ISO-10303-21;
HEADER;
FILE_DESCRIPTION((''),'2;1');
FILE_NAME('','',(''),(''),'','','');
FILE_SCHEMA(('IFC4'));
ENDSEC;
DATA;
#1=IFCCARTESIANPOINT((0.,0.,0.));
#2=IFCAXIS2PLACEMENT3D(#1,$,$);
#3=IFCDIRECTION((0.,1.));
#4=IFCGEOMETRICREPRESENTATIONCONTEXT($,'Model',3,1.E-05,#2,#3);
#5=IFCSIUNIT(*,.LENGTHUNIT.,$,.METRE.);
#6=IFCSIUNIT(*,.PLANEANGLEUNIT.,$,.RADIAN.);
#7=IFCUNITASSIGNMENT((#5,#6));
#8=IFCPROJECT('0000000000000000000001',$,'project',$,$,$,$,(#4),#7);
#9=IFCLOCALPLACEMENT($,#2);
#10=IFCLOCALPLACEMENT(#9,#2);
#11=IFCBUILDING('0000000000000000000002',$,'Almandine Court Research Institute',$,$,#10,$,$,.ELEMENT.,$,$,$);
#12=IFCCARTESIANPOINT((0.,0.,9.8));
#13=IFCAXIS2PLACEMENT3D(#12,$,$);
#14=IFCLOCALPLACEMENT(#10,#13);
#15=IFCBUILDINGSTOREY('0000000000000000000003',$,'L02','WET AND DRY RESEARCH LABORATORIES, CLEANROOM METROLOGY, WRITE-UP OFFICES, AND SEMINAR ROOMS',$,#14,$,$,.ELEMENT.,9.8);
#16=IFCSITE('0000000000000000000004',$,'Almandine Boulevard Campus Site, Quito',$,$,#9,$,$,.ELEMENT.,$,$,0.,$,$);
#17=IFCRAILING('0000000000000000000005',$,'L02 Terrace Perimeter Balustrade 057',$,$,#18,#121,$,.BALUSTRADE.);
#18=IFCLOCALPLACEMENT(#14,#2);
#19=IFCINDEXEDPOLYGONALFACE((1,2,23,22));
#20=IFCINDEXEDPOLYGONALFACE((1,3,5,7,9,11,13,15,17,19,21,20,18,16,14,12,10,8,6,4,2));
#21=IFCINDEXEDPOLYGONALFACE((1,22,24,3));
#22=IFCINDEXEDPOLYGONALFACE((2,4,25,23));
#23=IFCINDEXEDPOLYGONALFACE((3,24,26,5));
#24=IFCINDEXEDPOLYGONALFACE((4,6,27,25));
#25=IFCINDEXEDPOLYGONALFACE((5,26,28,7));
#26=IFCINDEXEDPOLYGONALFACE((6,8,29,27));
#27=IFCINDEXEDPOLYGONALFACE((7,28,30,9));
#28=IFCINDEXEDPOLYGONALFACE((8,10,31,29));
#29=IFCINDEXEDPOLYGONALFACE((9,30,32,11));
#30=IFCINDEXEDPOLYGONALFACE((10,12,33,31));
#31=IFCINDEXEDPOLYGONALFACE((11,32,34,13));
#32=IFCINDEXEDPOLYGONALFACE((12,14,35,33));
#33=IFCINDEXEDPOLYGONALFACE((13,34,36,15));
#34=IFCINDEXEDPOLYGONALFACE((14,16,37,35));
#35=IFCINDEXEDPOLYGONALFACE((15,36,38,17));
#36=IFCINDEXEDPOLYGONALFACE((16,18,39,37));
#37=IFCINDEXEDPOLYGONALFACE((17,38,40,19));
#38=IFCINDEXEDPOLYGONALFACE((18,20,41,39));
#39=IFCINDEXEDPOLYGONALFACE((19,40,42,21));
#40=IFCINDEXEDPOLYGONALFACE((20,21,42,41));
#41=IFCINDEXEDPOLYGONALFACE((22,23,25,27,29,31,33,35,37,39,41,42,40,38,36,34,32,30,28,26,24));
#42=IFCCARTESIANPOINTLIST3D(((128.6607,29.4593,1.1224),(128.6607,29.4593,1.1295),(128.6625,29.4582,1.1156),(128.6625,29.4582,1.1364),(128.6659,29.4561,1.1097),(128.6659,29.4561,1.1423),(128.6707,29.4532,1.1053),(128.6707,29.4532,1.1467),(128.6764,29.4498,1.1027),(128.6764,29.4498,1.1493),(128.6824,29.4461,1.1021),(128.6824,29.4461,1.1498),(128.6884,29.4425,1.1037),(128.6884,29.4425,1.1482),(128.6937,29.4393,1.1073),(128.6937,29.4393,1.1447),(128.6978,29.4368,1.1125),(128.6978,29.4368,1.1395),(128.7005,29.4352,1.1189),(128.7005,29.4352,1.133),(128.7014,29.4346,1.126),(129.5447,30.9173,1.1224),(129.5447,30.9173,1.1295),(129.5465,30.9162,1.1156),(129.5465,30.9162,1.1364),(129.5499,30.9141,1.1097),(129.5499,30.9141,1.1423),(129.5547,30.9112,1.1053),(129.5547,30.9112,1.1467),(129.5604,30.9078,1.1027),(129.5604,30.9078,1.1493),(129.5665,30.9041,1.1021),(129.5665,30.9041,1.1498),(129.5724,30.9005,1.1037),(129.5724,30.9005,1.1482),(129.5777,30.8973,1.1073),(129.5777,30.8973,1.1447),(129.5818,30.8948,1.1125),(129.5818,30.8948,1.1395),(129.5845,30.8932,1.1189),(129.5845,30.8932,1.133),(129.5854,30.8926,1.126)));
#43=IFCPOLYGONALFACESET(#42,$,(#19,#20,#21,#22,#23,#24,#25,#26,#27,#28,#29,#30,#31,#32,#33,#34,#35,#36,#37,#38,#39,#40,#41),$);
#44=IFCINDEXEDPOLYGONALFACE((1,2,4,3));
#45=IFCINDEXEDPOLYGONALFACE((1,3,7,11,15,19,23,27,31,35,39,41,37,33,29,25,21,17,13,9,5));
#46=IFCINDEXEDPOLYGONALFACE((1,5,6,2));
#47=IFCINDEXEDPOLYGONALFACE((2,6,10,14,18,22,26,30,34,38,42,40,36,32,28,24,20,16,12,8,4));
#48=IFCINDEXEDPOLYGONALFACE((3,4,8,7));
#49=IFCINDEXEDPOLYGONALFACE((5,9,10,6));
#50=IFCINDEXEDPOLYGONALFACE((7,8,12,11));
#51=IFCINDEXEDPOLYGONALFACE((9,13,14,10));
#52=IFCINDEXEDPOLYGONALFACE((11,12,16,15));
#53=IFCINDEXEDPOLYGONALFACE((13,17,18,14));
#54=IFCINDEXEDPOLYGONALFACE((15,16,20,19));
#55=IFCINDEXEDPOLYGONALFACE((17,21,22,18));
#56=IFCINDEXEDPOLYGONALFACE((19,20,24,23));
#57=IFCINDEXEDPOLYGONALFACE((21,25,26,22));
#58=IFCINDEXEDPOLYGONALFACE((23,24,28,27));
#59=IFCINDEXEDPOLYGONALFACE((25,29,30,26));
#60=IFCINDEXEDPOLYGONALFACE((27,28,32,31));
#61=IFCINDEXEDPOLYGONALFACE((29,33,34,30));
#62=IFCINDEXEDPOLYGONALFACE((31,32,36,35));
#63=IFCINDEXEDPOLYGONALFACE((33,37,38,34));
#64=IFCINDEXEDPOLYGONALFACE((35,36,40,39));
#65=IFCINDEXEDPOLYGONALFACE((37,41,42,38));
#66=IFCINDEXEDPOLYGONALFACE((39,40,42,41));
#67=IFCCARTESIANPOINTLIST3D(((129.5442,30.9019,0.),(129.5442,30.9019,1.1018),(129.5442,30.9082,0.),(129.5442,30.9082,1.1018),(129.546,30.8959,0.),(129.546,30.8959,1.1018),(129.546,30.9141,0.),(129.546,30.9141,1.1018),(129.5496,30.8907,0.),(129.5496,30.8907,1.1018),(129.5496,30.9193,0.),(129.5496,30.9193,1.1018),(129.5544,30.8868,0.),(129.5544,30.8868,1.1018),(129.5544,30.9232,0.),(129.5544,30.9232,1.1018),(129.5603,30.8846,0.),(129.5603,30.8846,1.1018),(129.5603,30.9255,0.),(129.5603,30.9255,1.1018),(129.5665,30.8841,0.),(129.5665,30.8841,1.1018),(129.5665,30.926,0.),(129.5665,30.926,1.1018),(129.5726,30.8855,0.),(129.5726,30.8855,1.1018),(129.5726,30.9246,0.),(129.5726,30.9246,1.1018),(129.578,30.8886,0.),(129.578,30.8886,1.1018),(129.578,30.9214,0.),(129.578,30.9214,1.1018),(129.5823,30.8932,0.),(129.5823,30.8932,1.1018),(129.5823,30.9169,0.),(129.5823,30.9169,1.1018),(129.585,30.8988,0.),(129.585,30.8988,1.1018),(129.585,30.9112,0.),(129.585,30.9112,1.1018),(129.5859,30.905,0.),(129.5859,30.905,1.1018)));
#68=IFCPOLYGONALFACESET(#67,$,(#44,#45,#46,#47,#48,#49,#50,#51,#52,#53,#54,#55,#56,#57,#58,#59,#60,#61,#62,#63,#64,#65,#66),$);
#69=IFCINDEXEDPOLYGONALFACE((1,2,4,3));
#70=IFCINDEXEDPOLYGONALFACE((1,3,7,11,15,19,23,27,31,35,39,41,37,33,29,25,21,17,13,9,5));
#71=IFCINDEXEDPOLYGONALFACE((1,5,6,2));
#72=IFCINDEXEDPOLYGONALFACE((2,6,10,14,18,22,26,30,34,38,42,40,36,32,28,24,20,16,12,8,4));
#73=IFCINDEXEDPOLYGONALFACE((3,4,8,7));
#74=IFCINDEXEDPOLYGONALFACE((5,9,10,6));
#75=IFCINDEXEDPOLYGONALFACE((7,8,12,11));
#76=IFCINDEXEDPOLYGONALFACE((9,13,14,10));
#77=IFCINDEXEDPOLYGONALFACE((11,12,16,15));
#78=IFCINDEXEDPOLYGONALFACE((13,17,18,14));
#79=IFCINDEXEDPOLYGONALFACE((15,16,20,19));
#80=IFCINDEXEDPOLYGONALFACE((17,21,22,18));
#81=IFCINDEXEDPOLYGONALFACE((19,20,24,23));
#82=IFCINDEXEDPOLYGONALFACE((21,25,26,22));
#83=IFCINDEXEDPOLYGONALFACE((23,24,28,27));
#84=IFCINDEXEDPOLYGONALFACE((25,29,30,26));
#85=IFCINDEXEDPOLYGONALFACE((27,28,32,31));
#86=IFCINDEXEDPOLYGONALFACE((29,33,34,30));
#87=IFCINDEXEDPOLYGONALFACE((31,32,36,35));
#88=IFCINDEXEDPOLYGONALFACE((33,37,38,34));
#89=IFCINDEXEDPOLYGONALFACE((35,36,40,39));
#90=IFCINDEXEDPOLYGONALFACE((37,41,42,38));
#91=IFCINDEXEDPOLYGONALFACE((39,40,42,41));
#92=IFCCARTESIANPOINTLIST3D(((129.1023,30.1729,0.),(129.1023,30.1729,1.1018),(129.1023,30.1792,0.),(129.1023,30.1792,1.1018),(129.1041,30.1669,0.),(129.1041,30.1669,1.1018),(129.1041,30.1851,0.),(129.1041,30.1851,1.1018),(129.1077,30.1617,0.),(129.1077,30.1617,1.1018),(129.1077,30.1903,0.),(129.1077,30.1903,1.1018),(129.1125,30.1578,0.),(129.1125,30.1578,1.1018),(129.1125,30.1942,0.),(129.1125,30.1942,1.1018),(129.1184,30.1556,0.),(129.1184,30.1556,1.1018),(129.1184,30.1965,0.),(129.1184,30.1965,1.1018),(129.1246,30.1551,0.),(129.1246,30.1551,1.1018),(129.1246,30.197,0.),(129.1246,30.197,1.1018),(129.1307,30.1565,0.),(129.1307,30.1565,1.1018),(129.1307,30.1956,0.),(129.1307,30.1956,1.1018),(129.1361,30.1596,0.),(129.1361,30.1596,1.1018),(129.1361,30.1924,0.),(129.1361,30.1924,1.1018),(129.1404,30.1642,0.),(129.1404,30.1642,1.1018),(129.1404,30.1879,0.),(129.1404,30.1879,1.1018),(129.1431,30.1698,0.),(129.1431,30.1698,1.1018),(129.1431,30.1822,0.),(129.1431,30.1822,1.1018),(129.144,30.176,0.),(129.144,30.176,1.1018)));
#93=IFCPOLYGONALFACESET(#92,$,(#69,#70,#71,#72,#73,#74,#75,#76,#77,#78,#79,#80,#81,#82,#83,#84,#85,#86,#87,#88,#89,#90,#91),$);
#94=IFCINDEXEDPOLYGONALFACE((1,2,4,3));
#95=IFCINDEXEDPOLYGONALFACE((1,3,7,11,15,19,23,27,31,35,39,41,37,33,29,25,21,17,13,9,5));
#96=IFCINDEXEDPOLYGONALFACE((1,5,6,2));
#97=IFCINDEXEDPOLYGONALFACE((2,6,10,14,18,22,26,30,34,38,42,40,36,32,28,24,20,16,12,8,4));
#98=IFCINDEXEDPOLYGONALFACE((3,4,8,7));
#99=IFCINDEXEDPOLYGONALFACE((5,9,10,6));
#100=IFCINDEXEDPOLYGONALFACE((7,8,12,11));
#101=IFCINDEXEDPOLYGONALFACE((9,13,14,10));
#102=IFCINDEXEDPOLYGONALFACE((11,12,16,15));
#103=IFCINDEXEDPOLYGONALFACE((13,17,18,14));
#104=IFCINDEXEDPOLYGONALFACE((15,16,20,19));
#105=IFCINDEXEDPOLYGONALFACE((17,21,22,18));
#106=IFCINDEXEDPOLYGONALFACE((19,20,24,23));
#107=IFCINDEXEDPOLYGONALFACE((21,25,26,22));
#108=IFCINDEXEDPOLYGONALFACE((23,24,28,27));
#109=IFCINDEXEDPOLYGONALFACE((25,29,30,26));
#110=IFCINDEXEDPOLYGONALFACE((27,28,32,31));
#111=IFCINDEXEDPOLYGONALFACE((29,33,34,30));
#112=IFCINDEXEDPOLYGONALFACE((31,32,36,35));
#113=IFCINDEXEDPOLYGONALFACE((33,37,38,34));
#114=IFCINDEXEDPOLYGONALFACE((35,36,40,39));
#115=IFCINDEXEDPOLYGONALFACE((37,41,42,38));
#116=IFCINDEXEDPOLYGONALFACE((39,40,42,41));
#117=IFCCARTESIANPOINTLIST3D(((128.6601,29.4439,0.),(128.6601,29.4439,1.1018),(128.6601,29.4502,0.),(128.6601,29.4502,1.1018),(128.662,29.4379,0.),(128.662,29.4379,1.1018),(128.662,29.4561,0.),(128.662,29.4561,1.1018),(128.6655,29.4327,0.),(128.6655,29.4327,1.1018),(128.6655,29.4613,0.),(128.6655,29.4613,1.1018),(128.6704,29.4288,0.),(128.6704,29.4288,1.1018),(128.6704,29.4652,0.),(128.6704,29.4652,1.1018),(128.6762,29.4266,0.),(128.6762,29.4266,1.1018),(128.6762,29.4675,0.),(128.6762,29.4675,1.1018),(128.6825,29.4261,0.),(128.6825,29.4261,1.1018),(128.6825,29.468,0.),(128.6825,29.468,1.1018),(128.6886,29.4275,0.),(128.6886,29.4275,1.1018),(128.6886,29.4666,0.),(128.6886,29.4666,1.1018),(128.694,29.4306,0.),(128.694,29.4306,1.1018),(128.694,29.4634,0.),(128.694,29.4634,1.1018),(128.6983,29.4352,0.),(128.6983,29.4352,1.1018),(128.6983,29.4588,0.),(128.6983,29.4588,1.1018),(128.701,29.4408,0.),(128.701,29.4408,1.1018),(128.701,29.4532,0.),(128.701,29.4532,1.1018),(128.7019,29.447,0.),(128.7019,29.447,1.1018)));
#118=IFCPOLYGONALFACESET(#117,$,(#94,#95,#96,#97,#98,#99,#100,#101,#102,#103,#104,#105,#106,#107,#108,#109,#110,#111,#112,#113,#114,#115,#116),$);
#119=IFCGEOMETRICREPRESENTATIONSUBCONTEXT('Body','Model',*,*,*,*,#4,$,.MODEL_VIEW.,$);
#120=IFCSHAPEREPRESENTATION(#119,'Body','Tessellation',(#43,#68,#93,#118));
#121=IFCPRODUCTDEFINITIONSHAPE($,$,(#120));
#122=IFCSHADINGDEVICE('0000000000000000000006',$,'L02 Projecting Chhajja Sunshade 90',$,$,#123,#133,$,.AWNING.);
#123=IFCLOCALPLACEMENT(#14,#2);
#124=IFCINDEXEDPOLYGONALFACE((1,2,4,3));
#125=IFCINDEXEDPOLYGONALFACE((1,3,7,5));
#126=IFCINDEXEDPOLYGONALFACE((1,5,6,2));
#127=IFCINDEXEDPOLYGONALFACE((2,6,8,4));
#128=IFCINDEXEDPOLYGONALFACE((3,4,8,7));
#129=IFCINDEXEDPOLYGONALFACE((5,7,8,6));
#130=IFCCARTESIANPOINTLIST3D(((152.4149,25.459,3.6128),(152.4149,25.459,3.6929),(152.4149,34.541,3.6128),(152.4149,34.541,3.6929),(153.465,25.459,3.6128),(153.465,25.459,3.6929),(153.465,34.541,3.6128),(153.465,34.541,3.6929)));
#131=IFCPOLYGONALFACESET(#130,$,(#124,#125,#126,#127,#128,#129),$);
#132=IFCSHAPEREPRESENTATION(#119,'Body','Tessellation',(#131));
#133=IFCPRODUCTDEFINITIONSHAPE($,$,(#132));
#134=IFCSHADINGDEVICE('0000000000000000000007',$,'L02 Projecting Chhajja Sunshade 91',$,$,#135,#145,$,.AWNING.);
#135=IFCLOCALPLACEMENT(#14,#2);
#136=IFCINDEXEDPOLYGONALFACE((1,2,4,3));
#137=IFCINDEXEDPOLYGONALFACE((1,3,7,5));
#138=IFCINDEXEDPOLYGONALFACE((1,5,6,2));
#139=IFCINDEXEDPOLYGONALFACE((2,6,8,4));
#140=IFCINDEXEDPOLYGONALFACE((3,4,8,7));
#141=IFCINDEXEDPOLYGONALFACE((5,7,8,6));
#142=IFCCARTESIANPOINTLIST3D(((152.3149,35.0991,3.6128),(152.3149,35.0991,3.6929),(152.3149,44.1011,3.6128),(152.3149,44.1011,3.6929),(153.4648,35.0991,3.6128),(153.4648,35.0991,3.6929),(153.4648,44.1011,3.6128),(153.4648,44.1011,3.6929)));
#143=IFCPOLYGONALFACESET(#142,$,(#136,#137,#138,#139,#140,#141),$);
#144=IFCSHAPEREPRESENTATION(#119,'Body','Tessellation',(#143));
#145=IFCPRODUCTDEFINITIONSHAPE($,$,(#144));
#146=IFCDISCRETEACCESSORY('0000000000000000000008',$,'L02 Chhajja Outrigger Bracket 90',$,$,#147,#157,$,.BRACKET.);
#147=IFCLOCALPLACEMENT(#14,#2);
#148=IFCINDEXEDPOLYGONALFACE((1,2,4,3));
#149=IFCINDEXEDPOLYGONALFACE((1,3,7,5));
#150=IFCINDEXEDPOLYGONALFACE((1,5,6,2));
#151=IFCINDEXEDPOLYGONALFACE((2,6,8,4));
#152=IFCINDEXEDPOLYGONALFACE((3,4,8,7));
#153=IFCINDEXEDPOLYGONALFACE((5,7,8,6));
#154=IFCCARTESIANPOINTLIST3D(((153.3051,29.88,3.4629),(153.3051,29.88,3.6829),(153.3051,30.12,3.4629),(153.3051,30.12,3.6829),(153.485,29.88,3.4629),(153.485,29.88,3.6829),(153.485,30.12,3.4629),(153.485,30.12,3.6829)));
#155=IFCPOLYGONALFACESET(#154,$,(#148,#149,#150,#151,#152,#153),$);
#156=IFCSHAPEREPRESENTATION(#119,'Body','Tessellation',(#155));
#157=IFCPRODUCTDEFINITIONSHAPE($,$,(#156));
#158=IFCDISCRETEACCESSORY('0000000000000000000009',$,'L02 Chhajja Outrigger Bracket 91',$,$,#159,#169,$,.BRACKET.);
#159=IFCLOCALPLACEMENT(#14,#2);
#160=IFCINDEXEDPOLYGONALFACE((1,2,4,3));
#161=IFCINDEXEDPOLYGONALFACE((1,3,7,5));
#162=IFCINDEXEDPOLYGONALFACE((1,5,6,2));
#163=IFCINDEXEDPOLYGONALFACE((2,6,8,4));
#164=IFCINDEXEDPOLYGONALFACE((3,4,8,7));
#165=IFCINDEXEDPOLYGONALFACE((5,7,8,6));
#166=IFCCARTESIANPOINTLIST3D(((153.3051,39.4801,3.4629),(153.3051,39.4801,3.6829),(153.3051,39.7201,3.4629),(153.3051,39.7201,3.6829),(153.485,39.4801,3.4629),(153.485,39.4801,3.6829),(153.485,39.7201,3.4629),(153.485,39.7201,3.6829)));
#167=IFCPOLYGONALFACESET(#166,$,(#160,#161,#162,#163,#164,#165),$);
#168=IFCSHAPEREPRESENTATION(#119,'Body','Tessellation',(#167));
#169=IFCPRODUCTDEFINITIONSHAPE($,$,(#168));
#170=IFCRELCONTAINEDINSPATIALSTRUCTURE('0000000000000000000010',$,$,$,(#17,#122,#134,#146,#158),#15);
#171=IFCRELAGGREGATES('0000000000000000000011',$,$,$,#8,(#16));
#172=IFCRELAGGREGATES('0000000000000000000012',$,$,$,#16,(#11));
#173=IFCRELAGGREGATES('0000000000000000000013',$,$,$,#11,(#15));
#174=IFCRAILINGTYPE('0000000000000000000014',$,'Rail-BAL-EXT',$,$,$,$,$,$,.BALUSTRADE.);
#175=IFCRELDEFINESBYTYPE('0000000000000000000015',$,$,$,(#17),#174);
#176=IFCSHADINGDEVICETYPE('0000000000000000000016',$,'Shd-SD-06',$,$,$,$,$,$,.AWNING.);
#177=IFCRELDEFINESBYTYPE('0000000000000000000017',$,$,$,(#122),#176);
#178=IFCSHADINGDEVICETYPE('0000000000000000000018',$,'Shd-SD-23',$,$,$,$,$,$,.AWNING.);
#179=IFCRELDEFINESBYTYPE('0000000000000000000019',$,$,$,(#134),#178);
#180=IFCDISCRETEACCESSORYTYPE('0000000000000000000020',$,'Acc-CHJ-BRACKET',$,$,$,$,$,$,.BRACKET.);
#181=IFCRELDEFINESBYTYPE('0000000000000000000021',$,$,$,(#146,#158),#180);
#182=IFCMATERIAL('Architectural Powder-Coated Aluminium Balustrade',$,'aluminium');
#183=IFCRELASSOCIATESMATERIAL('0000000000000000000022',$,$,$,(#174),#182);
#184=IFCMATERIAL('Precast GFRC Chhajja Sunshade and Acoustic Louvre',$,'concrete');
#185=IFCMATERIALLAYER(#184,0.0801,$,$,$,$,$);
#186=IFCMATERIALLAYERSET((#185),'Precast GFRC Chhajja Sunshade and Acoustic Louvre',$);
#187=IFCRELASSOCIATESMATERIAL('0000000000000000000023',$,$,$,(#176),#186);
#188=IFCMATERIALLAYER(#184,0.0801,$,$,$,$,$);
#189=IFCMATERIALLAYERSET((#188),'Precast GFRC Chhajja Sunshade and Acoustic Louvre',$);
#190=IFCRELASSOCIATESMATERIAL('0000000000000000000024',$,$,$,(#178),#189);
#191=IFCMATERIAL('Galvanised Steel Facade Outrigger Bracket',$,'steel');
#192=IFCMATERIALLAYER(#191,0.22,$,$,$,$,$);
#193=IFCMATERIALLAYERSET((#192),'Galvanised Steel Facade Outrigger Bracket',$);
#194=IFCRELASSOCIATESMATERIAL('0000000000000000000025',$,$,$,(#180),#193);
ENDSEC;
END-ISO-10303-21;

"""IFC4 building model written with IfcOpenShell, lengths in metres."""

from ifc_helpers import new_model, si_unit, direction, frame, origin, origin_2d, place, context, subcontext, project, spatial, rectangle, circle, extrude, material, layer, layer_set, type_object, element, save


model = new_model("IFC4")

# Units and contexts
model_context = context("Model", 3, precision=1e-05, world=origin(), true_north=direction((0.0, 1.0)))
body_context = subcontext(model_context, "Body", "Model", "MODEL_VIEW")
ifc_project = project(units=[si_unit("LENGTHUNIT", "METRE"), si_unit("PLANEANGLEUNIT", "RADIAN")], contexts=[model_context])

# Site, building, storey
site_placement = place(None, origin())
site = spatial("IfcSite", under=ifc_project, at=site_placement, Name="Almandine Boulevard Campus Site, Quito", CompositionType="ELEMENT", RefElevation=0.0)
building_placement = place(site_placement, origin())
building = spatial("IfcBuilding", under=site, at=building_placement, Name="Almandine Court Research Institute", CompositionType="ELEMENT")
storey_placement = place(building_placement, frame((0.0, 0.0, 9.8)))
storey = spatial("IfcBuildingStorey", under=building, at=storey_placement, Name="L02", Description="WET AND DRY RESEARCH LABORATORIES, CLEANROOM METROLOGY, WRITE-UP OFFICES, AND SEMINAR ROOMS", CompositionType="ELEMENT", Elevation=9.8)

# Railing
ifc_material_1 = material(Name="Architectural Powder-Coated Aluminium Balustrade", Category="aluminium")
railing_type = type_object("IfcRailingType", Name="Rail-BAL-EXT", PredefinedType="BALUSTRADE", material=ifc_material_1)
railing_placement = place(storey_placement, frame((129.5649, 30.905, 0.0)))
element("IfcRailing", 1, at=railing_placement, inside=storey, type_object=railing_type, Name="L02 Terrace Perimeter Balustrade 057", PredefinedType="BALUSTRADE", context=body_context, shape_type="SweptSolid", body=[
    extrude(circle(Radius=0.0239, at=origin_2d()), frame((0.0, 0.0, 1.126), z_axis=(-0.51847, -0.855096, 0.0), x_axis=(0.855096, -0.51847, 0.0)), (0.0, 0.0, 1.0), 1.7051),
    extrude(circle(Radius=0.021, at=origin_2d()), origin(), (0.0, 0.0, 1.0), 1.1018),
    extrude(circle(Radius=0.021, at=origin_2d()), frame((-0.4419, -0.729, 0.0)), (0.0, 0.0, 1.0), 1.1018),
    extrude(circle(Radius=0.021, at=origin_2d()), frame((-0.884, -1.458, 0.0)), (0.0, 0.0, 1.0), 1.1018),
])

# Shading devices
ifc_material_2 = material(Name="Precast GFRC Chhajja Sunshade and Acoustic Louvre", Category="concrete")
ifc_layer_1 = layer(ifc_material_2, 0.0801)
ifc_layer_set_1 = layer_set([ifc_layer_1], Name="Precast GFRC Chhajja Sunshade and Acoustic Louvre")
shading_device_type_1 = type_object("IfcShadingDeviceType", Name="Shd-SD-06", PredefinedType="AWNING", material=ifc_layer_set_1)
shading_device_1_placement = place(storey_placement, frame((152.9399, 30.0, 3.6128), z_axis=(0.0, 0.0, 1.0), x_axis=(0.0, 1.0, 0.0)))
element("IfcShadingDevice", 2, at=shading_device_1_placement, inside=storey, type_object=shading_device_type_1, Name="L02 Projecting Chhajja Sunshade 90", PredefinedType="AWNING", context=body_context, shape_type="SweptSolid", body=[
    extrude(rectangle(XDim=9.082, YDim=1.05, at=origin_2d()), origin(), (0.0, 0.0, 1.0), 0.0801),
])
ifc_layer_2 = layer(ifc_material_2, 0.0801)
ifc_layer_set_2 = layer_set([ifc_layer_2], Name="Precast GFRC Chhajja Sunshade and Acoustic Louvre")
shading_device_type_2 = type_object("IfcShadingDeviceType", Name="Shd-SD-23", PredefinedType="AWNING", material=ifc_layer_set_2)
shading_device_2_placement = place(storey_placement, frame((152.8899, 39.6001, 3.6128), z_axis=(0.0, 0.0, 1.0), x_axis=(0.0, 1.0, 0.0)))
element("IfcShadingDevice", 3, at=shading_device_2_placement, inside=storey, type_object=shading_device_type_2, Name="L02 Projecting Chhajja Sunshade 91", PredefinedType="AWNING", context=body_context, shape_type="SweptSolid", body=[
    extrude(rectangle(XDim=9.002, YDim=1.1499, at=origin_2d()), origin(), (0.0, 0.0, 1.0), 0.0801),
])

# Discrete accessories
ifc_material_3 = material(Name="Galvanised Steel Facade Outrigger Bracket", Category="steel")
ifc_layer_3 = layer(ifc_material_3, 0.22)
ifc_layer_set_3 = layer_set([ifc_layer_3], Name="Galvanised Steel Facade Outrigger Bracket")
discrete_accessory_type = type_object("IfcDiscreteAccessoryType", Name="Acc-CHJ-BRACKET", PredefinedType="BRACKET", material=ifc_layer_set_3)
for number, where, z_axis, x_axis, name in (
    (4, (153.395, 30.0, 3.4629), (0.0, 0.0, 1.0), (0.0, 1.0, 0.0), "L02 Chhajja Outrigger Bracket 90"),
    (5, (153.395, 39.6001, 3.4629), (0.0, 0.0, 1.0), (0.0, 1.0, 0.0), "L02 Chhajja Outrigger Bracket 91"),
):
    element("IfcDiscreteAccessory", number, at=place(storey_placement, frame(where, z_axis=z_axis, x_axis=x_axis)), inside=storey, type_object=discrete_accessory_type, Name=name, PredefinedType="BRACKET", context=body_context, shape_type="SweptSolid", body=[
        extrude(rectangle(XDim=0.24, YDim=0.1799, at=origin_2d()), origin(), (0.0, 0.0, 1.0), 0.22),
    ])

save(model, "model.ifc")
